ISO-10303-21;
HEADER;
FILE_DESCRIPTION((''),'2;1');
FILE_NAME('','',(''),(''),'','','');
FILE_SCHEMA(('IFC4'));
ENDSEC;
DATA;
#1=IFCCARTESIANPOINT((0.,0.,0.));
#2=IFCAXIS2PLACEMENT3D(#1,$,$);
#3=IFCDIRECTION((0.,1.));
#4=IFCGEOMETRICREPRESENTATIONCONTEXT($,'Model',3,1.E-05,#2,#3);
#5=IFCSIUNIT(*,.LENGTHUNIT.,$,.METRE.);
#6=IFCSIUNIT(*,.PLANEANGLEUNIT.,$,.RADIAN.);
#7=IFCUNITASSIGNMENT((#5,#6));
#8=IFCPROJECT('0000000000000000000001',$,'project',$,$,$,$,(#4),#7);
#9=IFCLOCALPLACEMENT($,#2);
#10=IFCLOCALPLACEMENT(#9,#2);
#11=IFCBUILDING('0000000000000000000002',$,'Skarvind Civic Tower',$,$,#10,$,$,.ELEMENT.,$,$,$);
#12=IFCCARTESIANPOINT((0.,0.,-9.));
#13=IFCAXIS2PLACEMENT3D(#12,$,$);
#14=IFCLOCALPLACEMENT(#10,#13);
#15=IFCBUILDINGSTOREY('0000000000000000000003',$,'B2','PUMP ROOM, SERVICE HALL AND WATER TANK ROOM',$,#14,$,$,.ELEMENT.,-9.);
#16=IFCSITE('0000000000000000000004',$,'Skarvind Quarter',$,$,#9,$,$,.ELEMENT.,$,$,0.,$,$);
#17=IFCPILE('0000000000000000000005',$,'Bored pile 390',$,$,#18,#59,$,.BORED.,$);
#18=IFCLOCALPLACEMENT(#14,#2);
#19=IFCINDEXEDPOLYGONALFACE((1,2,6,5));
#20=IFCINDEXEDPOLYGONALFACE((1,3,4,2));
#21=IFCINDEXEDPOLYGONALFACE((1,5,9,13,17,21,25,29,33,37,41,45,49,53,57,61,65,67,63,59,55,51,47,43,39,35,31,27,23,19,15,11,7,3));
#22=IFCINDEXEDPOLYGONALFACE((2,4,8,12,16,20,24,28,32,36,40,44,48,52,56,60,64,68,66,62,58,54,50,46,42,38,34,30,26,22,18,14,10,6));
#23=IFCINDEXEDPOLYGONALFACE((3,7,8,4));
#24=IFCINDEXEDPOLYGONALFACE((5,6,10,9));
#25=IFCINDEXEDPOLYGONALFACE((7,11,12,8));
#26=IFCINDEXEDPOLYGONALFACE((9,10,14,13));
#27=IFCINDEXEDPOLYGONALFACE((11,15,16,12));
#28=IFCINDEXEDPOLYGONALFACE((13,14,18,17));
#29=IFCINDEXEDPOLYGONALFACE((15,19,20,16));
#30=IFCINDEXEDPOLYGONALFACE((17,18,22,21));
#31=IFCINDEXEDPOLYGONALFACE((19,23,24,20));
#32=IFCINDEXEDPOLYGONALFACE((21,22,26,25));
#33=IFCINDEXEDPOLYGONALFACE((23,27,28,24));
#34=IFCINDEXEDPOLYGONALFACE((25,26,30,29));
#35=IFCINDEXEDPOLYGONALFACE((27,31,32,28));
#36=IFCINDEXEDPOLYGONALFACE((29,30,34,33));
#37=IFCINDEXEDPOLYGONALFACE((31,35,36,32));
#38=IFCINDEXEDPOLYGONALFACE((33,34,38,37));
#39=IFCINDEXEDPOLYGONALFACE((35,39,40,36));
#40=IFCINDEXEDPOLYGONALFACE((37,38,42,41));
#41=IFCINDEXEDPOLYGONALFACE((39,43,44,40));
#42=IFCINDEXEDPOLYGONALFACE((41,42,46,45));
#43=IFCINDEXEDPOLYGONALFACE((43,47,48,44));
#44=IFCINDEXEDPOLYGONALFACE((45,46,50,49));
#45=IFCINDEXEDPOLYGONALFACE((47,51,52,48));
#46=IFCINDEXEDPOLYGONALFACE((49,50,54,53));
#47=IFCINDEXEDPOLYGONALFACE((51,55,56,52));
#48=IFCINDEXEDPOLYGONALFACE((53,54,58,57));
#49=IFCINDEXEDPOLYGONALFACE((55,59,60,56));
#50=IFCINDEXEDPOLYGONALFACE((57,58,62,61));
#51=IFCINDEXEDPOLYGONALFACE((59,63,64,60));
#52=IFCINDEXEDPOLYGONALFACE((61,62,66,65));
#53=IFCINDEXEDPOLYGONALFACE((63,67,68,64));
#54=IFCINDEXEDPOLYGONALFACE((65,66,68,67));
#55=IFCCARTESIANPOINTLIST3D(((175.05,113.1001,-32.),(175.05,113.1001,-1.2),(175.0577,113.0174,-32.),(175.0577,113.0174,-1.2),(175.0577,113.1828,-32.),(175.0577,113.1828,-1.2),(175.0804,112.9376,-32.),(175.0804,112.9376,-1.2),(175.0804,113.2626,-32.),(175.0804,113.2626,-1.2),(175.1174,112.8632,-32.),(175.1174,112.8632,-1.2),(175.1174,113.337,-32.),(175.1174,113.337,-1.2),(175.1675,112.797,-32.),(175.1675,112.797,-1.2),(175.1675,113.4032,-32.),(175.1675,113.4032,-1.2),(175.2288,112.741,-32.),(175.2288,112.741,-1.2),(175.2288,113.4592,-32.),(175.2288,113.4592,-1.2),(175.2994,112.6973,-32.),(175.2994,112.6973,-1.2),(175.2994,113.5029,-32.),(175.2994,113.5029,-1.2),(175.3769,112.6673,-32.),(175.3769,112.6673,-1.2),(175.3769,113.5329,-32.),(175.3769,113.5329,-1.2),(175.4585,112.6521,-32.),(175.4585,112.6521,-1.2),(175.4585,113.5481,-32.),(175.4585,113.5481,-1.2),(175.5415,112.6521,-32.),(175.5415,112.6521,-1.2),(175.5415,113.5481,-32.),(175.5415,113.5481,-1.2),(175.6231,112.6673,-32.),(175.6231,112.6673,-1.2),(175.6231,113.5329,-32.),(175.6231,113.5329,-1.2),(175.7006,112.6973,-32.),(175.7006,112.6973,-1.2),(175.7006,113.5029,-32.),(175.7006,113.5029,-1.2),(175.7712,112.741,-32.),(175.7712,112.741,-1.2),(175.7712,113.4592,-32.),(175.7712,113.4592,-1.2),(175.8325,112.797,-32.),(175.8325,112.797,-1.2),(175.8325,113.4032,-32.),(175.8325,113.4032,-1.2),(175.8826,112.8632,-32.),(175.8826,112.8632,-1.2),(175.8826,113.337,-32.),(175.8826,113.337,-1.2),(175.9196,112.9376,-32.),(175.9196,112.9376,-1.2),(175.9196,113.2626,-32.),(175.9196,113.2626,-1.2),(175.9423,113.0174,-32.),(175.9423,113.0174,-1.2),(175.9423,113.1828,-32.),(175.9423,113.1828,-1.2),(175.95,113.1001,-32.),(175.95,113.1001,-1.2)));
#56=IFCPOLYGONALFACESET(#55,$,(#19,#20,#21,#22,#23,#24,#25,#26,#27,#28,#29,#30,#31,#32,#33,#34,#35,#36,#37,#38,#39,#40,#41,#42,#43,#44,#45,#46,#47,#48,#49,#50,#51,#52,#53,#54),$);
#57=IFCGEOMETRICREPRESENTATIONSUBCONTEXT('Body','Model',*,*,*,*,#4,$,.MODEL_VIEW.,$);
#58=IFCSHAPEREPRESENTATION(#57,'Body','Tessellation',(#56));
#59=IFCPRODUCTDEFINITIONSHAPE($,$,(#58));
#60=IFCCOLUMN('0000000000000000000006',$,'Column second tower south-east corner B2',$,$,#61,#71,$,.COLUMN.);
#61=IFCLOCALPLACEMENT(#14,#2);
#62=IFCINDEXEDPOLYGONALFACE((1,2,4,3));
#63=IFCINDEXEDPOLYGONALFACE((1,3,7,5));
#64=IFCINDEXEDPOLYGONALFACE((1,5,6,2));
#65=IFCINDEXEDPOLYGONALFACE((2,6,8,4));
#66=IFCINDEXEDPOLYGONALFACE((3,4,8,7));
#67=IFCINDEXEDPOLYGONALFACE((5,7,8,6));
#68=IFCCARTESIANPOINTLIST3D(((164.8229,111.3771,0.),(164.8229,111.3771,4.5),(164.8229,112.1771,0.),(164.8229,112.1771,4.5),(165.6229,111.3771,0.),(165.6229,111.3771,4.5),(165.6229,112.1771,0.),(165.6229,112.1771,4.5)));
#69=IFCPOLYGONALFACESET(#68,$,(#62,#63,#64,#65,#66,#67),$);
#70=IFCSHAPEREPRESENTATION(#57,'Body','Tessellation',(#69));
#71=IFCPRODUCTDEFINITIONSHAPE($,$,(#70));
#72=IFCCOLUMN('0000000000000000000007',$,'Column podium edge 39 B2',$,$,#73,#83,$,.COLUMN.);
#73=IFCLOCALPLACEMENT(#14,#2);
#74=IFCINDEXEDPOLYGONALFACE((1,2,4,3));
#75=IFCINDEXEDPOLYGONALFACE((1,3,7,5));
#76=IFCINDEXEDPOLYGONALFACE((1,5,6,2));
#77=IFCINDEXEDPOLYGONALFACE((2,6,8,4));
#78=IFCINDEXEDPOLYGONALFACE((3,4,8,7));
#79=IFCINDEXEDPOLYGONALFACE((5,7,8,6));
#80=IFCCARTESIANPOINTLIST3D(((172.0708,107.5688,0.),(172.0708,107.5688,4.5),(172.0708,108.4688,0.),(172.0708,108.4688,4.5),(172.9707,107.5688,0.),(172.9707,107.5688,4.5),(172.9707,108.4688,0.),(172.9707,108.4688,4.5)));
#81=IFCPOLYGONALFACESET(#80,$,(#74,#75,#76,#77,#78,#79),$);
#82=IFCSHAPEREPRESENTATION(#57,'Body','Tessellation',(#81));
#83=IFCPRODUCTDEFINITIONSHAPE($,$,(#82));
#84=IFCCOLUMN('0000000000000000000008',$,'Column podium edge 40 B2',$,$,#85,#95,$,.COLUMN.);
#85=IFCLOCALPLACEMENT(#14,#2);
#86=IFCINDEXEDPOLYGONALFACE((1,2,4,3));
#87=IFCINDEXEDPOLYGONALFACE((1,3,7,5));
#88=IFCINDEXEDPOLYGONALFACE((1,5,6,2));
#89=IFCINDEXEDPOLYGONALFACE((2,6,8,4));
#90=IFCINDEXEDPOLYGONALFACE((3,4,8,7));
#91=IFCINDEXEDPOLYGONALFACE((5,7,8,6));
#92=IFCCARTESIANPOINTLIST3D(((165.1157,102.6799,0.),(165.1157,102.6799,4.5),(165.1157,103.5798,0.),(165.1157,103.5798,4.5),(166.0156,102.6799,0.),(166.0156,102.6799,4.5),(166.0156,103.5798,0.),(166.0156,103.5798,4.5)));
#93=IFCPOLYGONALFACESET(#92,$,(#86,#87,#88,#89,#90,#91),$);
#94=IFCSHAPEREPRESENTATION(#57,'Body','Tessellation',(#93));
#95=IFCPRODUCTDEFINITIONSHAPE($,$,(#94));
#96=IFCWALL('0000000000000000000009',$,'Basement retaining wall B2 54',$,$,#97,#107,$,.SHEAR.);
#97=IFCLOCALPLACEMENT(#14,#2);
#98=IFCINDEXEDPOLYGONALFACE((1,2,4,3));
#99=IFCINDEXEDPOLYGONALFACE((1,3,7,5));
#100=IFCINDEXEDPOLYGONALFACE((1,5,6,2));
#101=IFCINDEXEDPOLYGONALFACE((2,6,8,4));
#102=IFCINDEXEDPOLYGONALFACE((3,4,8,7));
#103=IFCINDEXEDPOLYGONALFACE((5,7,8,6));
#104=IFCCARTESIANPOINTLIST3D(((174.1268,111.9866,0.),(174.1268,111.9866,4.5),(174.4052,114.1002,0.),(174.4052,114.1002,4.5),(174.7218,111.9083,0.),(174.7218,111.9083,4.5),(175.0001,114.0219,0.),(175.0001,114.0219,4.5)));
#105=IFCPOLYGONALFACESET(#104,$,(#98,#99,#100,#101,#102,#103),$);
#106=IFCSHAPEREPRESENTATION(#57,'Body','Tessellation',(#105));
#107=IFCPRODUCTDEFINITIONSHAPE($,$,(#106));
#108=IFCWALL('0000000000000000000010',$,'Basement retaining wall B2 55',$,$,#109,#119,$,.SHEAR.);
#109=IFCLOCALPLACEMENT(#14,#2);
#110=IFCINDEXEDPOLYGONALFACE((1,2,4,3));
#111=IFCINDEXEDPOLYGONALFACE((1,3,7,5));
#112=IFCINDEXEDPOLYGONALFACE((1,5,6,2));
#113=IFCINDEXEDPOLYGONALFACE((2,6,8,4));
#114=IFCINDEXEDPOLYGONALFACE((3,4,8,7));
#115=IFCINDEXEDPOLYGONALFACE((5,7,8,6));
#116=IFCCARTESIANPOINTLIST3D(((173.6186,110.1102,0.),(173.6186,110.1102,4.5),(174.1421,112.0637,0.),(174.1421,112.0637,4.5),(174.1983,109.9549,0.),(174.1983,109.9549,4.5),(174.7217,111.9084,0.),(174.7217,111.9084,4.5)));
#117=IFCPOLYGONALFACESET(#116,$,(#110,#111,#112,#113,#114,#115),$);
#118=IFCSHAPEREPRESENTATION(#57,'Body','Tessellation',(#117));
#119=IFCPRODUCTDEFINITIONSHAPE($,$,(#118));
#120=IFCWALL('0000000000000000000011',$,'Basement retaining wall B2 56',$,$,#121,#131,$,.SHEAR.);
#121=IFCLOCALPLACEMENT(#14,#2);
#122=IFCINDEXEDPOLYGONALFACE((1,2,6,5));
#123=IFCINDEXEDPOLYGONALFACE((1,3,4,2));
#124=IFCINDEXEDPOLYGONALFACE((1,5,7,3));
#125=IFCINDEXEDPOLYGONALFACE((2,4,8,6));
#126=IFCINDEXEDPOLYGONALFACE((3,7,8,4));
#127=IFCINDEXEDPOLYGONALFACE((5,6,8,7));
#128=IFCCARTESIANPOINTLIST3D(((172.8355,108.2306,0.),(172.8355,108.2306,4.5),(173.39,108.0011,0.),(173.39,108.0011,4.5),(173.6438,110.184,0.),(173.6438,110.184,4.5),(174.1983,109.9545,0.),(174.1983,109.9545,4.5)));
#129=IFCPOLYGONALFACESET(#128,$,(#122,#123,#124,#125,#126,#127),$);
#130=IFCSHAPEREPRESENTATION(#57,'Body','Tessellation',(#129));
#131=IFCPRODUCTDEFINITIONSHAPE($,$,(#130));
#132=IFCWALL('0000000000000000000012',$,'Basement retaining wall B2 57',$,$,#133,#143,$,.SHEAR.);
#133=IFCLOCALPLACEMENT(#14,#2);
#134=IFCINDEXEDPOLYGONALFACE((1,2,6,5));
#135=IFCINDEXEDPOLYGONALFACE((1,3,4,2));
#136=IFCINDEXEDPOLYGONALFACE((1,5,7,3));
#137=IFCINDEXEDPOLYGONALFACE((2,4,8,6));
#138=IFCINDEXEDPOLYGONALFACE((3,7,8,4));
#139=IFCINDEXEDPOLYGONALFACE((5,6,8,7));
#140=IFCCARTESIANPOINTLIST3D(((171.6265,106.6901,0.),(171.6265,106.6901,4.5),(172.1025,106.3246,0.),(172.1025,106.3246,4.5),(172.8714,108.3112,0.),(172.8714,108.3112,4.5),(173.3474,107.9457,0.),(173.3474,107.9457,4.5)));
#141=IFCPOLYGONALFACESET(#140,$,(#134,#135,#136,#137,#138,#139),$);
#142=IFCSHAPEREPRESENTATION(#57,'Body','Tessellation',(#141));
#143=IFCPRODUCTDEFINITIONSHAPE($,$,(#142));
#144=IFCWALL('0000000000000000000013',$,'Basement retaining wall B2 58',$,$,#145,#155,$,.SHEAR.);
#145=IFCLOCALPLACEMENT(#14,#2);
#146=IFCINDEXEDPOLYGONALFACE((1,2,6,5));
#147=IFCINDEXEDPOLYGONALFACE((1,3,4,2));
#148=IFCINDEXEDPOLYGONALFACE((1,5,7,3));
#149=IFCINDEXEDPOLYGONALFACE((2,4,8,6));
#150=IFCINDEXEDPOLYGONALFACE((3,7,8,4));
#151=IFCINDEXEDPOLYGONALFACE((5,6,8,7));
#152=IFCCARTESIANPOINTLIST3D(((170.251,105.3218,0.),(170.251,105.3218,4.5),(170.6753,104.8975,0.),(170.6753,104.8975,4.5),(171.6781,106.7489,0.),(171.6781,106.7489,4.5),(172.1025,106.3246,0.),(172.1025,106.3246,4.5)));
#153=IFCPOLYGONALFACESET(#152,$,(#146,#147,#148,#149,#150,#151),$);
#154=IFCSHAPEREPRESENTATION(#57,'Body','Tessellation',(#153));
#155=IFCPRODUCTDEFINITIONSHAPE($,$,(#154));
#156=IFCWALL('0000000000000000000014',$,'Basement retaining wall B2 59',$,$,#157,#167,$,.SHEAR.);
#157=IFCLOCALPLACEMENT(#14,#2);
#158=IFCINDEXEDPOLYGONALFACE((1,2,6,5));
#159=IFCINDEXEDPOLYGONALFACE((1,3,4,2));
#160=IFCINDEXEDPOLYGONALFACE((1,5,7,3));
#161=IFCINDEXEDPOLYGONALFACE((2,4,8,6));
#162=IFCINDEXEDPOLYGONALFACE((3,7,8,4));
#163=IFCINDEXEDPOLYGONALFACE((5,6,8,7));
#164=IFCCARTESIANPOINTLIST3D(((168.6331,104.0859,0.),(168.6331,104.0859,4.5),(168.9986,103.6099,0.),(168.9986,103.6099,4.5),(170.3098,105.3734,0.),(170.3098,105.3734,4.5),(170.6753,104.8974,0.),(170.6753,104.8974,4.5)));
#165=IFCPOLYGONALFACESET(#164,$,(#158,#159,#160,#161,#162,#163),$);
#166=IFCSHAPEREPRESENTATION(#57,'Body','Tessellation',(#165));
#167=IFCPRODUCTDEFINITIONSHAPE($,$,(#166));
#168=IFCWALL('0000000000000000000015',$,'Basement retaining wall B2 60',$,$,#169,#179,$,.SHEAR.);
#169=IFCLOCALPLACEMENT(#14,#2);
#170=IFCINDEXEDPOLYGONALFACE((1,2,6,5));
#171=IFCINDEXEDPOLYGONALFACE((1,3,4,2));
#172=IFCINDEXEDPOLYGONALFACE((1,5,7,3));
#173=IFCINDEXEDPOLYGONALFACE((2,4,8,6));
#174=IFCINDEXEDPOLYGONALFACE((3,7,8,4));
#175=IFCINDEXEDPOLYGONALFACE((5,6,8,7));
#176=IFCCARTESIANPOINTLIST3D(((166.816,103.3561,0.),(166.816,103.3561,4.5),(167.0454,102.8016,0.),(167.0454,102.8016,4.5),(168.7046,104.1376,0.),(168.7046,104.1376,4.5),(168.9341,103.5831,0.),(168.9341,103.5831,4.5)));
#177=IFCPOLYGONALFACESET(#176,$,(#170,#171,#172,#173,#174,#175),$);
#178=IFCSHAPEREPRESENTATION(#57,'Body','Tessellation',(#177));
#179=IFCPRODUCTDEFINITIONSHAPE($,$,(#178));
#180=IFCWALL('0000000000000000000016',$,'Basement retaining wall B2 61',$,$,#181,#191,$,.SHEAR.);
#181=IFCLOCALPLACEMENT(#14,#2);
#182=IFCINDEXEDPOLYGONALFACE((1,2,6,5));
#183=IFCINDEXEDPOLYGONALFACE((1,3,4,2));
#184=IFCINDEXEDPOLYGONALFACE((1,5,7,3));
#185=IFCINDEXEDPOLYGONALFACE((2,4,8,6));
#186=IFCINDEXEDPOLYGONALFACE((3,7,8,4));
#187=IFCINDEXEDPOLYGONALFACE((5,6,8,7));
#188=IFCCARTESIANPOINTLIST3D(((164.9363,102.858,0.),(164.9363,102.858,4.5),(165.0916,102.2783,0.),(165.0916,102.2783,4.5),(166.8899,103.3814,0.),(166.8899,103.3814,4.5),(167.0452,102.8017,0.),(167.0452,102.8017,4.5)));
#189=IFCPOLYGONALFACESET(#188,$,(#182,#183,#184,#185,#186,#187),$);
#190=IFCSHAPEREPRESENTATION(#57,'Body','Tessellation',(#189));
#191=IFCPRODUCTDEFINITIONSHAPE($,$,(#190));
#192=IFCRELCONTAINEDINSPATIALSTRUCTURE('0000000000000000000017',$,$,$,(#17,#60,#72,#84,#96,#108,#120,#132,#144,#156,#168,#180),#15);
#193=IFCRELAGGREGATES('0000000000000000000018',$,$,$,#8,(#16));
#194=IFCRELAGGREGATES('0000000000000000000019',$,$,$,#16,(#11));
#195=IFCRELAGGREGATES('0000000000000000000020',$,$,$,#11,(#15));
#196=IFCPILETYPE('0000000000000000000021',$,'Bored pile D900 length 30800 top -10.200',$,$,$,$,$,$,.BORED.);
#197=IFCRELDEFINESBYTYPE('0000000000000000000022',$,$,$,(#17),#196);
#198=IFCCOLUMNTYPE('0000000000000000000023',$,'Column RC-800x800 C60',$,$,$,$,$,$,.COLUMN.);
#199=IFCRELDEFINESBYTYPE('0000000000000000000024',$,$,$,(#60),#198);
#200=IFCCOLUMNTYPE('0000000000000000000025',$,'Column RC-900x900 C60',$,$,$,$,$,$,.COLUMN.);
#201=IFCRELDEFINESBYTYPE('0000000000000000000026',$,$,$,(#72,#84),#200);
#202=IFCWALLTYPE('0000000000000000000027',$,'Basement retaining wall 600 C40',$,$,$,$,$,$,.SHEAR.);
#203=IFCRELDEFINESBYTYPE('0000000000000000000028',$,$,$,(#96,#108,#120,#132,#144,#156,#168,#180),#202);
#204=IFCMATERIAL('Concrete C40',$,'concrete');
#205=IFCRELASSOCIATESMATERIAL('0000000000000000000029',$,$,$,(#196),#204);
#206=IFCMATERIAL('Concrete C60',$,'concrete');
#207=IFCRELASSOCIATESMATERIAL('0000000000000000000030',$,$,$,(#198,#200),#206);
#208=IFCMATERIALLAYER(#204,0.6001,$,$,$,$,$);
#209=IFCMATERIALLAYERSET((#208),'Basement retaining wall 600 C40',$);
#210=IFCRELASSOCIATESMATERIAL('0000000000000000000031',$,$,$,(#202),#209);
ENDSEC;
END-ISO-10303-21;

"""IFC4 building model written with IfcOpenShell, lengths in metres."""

from ifc_helpers import new_model, si_unit, direction, frame, frame_2d, origin, origin_2d, place, context, subcontext, project, spatial, rectangle, circle, extrude, material, layer, layer_set, material_profile, profile_set, type_object, element, save


model = new_model("IFC4")

# Units and contexts
model_context = context("Model", 3, precision=1e-05, world=origin(), true_north=direction((0.0, 1.0)))
body_context = subcontext(model_context, "Body", "Model", "MODEL_VIEW")
ifc_project = project(units=[si_unit("LENGTHUNIT", "METRE"), si_unit("PLANEANGLEUNIT", "RADIAN")], contexts=[model_context])

# Site, building, storey
site_placement = place(None, origin())
site = spatial("IfcSite", under=ifc_project, at=site_placement, Name="Skarvind Quarter", CompositionType="ELEMENT", RefElevation=0.0)
building_placement = place(site_placement, origin())
building = spatial("IfcBuilding", under=site, at=building_placement, Name="Skarvind Civic Tower", CompositionType="ELEMENT")
storey_placement = place(building_placement, frame((0.0, 0.0, -9.0)))
storey = spatial("IfcBuildingStorey", under=building, at=storey_placement, Name="B2", Description="PUMP ROOM, SERVICE HALL AND WATER TANK ROOM", CompositionType="ELEMENT", Elevation=-9.0)

# Pile
ifc_material_1 = material(Name="Concrete C40", Category="concrete")
pile_type_1 = type_object("IfcPileType", Name="Bored pile D900 length 30800 top -10.200", PredefinedType="BORED", material=ifc_material_1)
for number, where, z_axis, x_axis, name in (
    (1, (175.5, 113.1001, -1.2), (0.0, 0.0, -1.0), (1.0, 0.0, 0.0), "Bored pile 390"),
):
    element("IfcPile", number, at=place(storey_placement, frame(where, z_axis=z_axis, x_axis=x_axis)), inside=storey, type_object=pile_type_1, Name=name, PredefinedType="BORED", context=body_context, shape_type="SweptSolid", body=[
        extrude(circle(Radius=0.45, at=origin_2d()), origin(), (0.0, 0.0, 1.0), 30.8),
    ])

# Columns
ifc_material_2 = material(Name="Concrete C60", Category="concrete")
ifc_material_profile_1 = material_profile(ifc_material_2, rectangle(XDim=0.8, YDim=0.8, at=origin_2d()), Name="RC-800x800")
ifc_profile_set_1 = profile_set([ifc_material_profile_1], Name="Concrete C60")
column_type_1 = type_object("IfcColumnType", Name="Column RC-800x800 C60", PredefinedType="COLUMN", material=ifc_profile_set_1)
column_placement = place(storey_placement, frame((165.2229, 111.7771, 0.0), z_axis=(0.0, 0.0, 1.0), x_axis=(1.0, 0.0, 0.0)))
element("IfcColumn", 2, at=column_placement, inside=storey, type_object=column_type_1, Name="Column second tower south-east corner B2", PredefinedType="COLUMN", context=body_context, shape_type="SweptSolid", body=[
    extrude(rectangle(XDim=0.8, YDim=0.8, at=origin_2d()), origin(), (0.0, 0.0, 1.0), 4.5),
])
ifc_material_profile_2 = material_profile(ifc_material_2, rectangle(XDim=0.8999, YDim=0.8999, at=origin_2d()), Name="RC-900x900")
ifc_profile_set_2 = profile_set([ifc_material_profile_2], Name="Concrete C60")
column_type_2 = type_object("IfcColumnType", Name="Column RC-900x900 C60", PredefinedType="COLUMN", material=ifc_profile_set_2)
for number, where, z_axis, x_axis, name in (
    (3, (172.5208, 108.0188, 0.0), (0.0, 0.0, 1.0), (1.0, 0.0, 0.0), "Column podium edge 39 B2"),
    (4, (165.5657, 103.1299, 0.0), (0.0, 0.0, 1.0), (1.0, 0.0, 0.0), "Column podium edge 40 B2"),
):
    element("IfcColumn", number, at=place(storey_placement, frame(where, z_axis=z_axis, x_axis=x_axis)), inside=storey, type_object=column_type_2, Name=name, PredefinedType="COLUMN", context=body_context, shape_type="SweptSolid", body=[
        extrude(rectangle(XDim=0.8999, YDim=0.8999, at=origin_2d()), origin(), (0.0, 0.0, 1.0), 4.5),
    ])

# Walls
ifc_layer_1 = layer(ifc_material_1, 0.6001)
ifc_layer_set_1 = layer_set([ifc_layer_1], Name="Basement retaining wall 600 C40")
wall_type_1 = type_object("IfcWallType", Name="Basement retaining wall 600 C40", PredefinedType="SHEAR", material=ifc_layer_set_1)
wall_1_placement = place(storey_placement, frame((174.7026, 114.061, 0.0), z_axis=(0.0, 0.0, 1.0), x_axis=(-0.130558, -0.991441, 0.0)))
element("IfcWall", 5, at=wall_1_placement, inside=storey, type_object=wall_type_1, Name="Basement retaining wall B2 54", PredefinedType="SHEAR", context=body_context, shape_type="SweptSolid", body=[
    extrude(rectangle(XDim=2.1318, YDim=0.6001, at=frame_2d((1.0659, 0.0))), origin(), (0.0, 0.0, 1.0), 4.5),
])
wall_2_placement = place(storey_placement, frame((174.4319, 111.9861, 0.0), z_axis=(0.0, 0.0, 1.0), x_axis=(-0.258804, -0.96593, 0.0)))
element("IfcWall", 6, at=wall_2_placement, inside=storey, type_object=wall_type_1, Name="Basement retaining wall B2 55", PredefinedType="SHEAR", context=body_context, shape_type="SweptSolid", body=[
    extrude(rectangle(XDim=2.0225, YDim=0.6001, at=frame_2d((1.0112, 0.0))), origin(), (0.0, 0.0, 1.0), 4.5),
])
wall_3_placement = place(storey_placement, frame((173.9211, 110.0693, 0.0), z_axis=(0.0, 0.0, 1.0), x_axis=(-0.382376, -0.924007, 0.0)))
element("IfcWall", 7, at=wall_3_placement, inside=storey, type_object=wall_type_1, Name="Basement retaining wall B2 56", PredefinedType="SHEAR", context=body_context, shape_type="SweptSolid", body=[
    extrude(rectangle(XDim=2.114, YDim=0.6001, at=frame_2d((1.0571, 0.0))), origin(), (0.0, 0.0, 1.0), 4.5),
])
wall_4_placement = place(storey_placement, frame((173.1094, 108.1284, 0.0), z_axis=(0.0, 0.0, 1.0), x_axis=(-0.609058, -0.793125, 0.0)))
element("IfcWall", 8, at=wall_4_placement, inside=storey, type_object=wall_type_1, Name="Basement retaining wall B2 57", PredefinedType="SHEAR", context=body_context, shape_type="SweptSolid", body=[
    extrude(rectangle(XDim=2.0439, YDim=0.6001, at=frame_2d((1.022, 0.0))), origin(), (0.0, 0.0, 1.0), 4.5),
])
wall_5_placement = place(storey_placement, frame((171.8904, 106.5369, 0.0), z_axis=(0.0, 0.0, 1.0), x_axis=(-0.707107, -0.707107, 0.0)))
element("IfcWall", 9, at=wall_5_placement, inside=storey, type_object=wall_type_1, Name="Basement retaining wall B2 58", PredefinedType="SHEAR", context=body_context, shape_type="SweptSolid", body=[
    extrude(rectangle(XDim=2.0183, YDim=0.6001, at=frame_2d((1.0093, 0.0))), origin(), (0.0, 0.0, 1.0), 4.5),
])
wall_6_placement = place(storey_placement, frame((170.4927, 105.1355, 0.0), z_axis=(0.0, 0.0, 1.0), x_axis=(-0.79313, -0.609052, 0.0)))
element("IfcWall", 10, at=wall_6_placement, inside=storey, type_object=wall_type_1, Name="Basement retaining wall B2 59", PredefinedType="SHEAR", context=body_context, shape_type="SweptSolid", body=[
    extrude(rectangle(XDim=2.114, YDim=0.6001, at=frame_2d((1.0571, 0.0))), origin(), (0.0, 0.0, 1.0), 4.5),
])
wall_7_placement = place(storey_placement, frame((168.8193, 103.8604, 0.0), z_axis=(0.0, 0.0, 1.0), x_axis=(-0.924021, -0.382341, 0.0)))
element("IfcWall", 11, at=wall_7_placement, inside=storey, type_object=wall_type_1, Name="Basement retaining wall B2 60", PredefinedType="SHEAR", context=body_context, shape_type="SweptSolid", body=[
    extrude(rectangle(XDim=2.0439, YDim=0.6001, at=frame_2d((1.022, 0.0))), origin(), (0.0, 0.0, 1.0), 4.5),
])
wall_8_placement = place(storey_placement, frame((166.9675, 103.0916, 0.0), z_axis=(0.0, 0.0, 1.0), x_axis=(-0.96593, -0.258804, 0.0)))
element("IfcWall", 12, at=wall_8_placement, inside=storey, type_object=wall_type_1, Name="Basement retaining wall B2 61", PredefinedType="SHEAR", context=body_context, shape_type="SweptSolid", body=[
    extrude(rectangle(XDim=2.0225, YDim=0.6001, at=frame_2d((1.0112, 0.0))), origin(), (0.0, 0.0, 1.0), 4.5),
])

save(model, "model.ifc")
